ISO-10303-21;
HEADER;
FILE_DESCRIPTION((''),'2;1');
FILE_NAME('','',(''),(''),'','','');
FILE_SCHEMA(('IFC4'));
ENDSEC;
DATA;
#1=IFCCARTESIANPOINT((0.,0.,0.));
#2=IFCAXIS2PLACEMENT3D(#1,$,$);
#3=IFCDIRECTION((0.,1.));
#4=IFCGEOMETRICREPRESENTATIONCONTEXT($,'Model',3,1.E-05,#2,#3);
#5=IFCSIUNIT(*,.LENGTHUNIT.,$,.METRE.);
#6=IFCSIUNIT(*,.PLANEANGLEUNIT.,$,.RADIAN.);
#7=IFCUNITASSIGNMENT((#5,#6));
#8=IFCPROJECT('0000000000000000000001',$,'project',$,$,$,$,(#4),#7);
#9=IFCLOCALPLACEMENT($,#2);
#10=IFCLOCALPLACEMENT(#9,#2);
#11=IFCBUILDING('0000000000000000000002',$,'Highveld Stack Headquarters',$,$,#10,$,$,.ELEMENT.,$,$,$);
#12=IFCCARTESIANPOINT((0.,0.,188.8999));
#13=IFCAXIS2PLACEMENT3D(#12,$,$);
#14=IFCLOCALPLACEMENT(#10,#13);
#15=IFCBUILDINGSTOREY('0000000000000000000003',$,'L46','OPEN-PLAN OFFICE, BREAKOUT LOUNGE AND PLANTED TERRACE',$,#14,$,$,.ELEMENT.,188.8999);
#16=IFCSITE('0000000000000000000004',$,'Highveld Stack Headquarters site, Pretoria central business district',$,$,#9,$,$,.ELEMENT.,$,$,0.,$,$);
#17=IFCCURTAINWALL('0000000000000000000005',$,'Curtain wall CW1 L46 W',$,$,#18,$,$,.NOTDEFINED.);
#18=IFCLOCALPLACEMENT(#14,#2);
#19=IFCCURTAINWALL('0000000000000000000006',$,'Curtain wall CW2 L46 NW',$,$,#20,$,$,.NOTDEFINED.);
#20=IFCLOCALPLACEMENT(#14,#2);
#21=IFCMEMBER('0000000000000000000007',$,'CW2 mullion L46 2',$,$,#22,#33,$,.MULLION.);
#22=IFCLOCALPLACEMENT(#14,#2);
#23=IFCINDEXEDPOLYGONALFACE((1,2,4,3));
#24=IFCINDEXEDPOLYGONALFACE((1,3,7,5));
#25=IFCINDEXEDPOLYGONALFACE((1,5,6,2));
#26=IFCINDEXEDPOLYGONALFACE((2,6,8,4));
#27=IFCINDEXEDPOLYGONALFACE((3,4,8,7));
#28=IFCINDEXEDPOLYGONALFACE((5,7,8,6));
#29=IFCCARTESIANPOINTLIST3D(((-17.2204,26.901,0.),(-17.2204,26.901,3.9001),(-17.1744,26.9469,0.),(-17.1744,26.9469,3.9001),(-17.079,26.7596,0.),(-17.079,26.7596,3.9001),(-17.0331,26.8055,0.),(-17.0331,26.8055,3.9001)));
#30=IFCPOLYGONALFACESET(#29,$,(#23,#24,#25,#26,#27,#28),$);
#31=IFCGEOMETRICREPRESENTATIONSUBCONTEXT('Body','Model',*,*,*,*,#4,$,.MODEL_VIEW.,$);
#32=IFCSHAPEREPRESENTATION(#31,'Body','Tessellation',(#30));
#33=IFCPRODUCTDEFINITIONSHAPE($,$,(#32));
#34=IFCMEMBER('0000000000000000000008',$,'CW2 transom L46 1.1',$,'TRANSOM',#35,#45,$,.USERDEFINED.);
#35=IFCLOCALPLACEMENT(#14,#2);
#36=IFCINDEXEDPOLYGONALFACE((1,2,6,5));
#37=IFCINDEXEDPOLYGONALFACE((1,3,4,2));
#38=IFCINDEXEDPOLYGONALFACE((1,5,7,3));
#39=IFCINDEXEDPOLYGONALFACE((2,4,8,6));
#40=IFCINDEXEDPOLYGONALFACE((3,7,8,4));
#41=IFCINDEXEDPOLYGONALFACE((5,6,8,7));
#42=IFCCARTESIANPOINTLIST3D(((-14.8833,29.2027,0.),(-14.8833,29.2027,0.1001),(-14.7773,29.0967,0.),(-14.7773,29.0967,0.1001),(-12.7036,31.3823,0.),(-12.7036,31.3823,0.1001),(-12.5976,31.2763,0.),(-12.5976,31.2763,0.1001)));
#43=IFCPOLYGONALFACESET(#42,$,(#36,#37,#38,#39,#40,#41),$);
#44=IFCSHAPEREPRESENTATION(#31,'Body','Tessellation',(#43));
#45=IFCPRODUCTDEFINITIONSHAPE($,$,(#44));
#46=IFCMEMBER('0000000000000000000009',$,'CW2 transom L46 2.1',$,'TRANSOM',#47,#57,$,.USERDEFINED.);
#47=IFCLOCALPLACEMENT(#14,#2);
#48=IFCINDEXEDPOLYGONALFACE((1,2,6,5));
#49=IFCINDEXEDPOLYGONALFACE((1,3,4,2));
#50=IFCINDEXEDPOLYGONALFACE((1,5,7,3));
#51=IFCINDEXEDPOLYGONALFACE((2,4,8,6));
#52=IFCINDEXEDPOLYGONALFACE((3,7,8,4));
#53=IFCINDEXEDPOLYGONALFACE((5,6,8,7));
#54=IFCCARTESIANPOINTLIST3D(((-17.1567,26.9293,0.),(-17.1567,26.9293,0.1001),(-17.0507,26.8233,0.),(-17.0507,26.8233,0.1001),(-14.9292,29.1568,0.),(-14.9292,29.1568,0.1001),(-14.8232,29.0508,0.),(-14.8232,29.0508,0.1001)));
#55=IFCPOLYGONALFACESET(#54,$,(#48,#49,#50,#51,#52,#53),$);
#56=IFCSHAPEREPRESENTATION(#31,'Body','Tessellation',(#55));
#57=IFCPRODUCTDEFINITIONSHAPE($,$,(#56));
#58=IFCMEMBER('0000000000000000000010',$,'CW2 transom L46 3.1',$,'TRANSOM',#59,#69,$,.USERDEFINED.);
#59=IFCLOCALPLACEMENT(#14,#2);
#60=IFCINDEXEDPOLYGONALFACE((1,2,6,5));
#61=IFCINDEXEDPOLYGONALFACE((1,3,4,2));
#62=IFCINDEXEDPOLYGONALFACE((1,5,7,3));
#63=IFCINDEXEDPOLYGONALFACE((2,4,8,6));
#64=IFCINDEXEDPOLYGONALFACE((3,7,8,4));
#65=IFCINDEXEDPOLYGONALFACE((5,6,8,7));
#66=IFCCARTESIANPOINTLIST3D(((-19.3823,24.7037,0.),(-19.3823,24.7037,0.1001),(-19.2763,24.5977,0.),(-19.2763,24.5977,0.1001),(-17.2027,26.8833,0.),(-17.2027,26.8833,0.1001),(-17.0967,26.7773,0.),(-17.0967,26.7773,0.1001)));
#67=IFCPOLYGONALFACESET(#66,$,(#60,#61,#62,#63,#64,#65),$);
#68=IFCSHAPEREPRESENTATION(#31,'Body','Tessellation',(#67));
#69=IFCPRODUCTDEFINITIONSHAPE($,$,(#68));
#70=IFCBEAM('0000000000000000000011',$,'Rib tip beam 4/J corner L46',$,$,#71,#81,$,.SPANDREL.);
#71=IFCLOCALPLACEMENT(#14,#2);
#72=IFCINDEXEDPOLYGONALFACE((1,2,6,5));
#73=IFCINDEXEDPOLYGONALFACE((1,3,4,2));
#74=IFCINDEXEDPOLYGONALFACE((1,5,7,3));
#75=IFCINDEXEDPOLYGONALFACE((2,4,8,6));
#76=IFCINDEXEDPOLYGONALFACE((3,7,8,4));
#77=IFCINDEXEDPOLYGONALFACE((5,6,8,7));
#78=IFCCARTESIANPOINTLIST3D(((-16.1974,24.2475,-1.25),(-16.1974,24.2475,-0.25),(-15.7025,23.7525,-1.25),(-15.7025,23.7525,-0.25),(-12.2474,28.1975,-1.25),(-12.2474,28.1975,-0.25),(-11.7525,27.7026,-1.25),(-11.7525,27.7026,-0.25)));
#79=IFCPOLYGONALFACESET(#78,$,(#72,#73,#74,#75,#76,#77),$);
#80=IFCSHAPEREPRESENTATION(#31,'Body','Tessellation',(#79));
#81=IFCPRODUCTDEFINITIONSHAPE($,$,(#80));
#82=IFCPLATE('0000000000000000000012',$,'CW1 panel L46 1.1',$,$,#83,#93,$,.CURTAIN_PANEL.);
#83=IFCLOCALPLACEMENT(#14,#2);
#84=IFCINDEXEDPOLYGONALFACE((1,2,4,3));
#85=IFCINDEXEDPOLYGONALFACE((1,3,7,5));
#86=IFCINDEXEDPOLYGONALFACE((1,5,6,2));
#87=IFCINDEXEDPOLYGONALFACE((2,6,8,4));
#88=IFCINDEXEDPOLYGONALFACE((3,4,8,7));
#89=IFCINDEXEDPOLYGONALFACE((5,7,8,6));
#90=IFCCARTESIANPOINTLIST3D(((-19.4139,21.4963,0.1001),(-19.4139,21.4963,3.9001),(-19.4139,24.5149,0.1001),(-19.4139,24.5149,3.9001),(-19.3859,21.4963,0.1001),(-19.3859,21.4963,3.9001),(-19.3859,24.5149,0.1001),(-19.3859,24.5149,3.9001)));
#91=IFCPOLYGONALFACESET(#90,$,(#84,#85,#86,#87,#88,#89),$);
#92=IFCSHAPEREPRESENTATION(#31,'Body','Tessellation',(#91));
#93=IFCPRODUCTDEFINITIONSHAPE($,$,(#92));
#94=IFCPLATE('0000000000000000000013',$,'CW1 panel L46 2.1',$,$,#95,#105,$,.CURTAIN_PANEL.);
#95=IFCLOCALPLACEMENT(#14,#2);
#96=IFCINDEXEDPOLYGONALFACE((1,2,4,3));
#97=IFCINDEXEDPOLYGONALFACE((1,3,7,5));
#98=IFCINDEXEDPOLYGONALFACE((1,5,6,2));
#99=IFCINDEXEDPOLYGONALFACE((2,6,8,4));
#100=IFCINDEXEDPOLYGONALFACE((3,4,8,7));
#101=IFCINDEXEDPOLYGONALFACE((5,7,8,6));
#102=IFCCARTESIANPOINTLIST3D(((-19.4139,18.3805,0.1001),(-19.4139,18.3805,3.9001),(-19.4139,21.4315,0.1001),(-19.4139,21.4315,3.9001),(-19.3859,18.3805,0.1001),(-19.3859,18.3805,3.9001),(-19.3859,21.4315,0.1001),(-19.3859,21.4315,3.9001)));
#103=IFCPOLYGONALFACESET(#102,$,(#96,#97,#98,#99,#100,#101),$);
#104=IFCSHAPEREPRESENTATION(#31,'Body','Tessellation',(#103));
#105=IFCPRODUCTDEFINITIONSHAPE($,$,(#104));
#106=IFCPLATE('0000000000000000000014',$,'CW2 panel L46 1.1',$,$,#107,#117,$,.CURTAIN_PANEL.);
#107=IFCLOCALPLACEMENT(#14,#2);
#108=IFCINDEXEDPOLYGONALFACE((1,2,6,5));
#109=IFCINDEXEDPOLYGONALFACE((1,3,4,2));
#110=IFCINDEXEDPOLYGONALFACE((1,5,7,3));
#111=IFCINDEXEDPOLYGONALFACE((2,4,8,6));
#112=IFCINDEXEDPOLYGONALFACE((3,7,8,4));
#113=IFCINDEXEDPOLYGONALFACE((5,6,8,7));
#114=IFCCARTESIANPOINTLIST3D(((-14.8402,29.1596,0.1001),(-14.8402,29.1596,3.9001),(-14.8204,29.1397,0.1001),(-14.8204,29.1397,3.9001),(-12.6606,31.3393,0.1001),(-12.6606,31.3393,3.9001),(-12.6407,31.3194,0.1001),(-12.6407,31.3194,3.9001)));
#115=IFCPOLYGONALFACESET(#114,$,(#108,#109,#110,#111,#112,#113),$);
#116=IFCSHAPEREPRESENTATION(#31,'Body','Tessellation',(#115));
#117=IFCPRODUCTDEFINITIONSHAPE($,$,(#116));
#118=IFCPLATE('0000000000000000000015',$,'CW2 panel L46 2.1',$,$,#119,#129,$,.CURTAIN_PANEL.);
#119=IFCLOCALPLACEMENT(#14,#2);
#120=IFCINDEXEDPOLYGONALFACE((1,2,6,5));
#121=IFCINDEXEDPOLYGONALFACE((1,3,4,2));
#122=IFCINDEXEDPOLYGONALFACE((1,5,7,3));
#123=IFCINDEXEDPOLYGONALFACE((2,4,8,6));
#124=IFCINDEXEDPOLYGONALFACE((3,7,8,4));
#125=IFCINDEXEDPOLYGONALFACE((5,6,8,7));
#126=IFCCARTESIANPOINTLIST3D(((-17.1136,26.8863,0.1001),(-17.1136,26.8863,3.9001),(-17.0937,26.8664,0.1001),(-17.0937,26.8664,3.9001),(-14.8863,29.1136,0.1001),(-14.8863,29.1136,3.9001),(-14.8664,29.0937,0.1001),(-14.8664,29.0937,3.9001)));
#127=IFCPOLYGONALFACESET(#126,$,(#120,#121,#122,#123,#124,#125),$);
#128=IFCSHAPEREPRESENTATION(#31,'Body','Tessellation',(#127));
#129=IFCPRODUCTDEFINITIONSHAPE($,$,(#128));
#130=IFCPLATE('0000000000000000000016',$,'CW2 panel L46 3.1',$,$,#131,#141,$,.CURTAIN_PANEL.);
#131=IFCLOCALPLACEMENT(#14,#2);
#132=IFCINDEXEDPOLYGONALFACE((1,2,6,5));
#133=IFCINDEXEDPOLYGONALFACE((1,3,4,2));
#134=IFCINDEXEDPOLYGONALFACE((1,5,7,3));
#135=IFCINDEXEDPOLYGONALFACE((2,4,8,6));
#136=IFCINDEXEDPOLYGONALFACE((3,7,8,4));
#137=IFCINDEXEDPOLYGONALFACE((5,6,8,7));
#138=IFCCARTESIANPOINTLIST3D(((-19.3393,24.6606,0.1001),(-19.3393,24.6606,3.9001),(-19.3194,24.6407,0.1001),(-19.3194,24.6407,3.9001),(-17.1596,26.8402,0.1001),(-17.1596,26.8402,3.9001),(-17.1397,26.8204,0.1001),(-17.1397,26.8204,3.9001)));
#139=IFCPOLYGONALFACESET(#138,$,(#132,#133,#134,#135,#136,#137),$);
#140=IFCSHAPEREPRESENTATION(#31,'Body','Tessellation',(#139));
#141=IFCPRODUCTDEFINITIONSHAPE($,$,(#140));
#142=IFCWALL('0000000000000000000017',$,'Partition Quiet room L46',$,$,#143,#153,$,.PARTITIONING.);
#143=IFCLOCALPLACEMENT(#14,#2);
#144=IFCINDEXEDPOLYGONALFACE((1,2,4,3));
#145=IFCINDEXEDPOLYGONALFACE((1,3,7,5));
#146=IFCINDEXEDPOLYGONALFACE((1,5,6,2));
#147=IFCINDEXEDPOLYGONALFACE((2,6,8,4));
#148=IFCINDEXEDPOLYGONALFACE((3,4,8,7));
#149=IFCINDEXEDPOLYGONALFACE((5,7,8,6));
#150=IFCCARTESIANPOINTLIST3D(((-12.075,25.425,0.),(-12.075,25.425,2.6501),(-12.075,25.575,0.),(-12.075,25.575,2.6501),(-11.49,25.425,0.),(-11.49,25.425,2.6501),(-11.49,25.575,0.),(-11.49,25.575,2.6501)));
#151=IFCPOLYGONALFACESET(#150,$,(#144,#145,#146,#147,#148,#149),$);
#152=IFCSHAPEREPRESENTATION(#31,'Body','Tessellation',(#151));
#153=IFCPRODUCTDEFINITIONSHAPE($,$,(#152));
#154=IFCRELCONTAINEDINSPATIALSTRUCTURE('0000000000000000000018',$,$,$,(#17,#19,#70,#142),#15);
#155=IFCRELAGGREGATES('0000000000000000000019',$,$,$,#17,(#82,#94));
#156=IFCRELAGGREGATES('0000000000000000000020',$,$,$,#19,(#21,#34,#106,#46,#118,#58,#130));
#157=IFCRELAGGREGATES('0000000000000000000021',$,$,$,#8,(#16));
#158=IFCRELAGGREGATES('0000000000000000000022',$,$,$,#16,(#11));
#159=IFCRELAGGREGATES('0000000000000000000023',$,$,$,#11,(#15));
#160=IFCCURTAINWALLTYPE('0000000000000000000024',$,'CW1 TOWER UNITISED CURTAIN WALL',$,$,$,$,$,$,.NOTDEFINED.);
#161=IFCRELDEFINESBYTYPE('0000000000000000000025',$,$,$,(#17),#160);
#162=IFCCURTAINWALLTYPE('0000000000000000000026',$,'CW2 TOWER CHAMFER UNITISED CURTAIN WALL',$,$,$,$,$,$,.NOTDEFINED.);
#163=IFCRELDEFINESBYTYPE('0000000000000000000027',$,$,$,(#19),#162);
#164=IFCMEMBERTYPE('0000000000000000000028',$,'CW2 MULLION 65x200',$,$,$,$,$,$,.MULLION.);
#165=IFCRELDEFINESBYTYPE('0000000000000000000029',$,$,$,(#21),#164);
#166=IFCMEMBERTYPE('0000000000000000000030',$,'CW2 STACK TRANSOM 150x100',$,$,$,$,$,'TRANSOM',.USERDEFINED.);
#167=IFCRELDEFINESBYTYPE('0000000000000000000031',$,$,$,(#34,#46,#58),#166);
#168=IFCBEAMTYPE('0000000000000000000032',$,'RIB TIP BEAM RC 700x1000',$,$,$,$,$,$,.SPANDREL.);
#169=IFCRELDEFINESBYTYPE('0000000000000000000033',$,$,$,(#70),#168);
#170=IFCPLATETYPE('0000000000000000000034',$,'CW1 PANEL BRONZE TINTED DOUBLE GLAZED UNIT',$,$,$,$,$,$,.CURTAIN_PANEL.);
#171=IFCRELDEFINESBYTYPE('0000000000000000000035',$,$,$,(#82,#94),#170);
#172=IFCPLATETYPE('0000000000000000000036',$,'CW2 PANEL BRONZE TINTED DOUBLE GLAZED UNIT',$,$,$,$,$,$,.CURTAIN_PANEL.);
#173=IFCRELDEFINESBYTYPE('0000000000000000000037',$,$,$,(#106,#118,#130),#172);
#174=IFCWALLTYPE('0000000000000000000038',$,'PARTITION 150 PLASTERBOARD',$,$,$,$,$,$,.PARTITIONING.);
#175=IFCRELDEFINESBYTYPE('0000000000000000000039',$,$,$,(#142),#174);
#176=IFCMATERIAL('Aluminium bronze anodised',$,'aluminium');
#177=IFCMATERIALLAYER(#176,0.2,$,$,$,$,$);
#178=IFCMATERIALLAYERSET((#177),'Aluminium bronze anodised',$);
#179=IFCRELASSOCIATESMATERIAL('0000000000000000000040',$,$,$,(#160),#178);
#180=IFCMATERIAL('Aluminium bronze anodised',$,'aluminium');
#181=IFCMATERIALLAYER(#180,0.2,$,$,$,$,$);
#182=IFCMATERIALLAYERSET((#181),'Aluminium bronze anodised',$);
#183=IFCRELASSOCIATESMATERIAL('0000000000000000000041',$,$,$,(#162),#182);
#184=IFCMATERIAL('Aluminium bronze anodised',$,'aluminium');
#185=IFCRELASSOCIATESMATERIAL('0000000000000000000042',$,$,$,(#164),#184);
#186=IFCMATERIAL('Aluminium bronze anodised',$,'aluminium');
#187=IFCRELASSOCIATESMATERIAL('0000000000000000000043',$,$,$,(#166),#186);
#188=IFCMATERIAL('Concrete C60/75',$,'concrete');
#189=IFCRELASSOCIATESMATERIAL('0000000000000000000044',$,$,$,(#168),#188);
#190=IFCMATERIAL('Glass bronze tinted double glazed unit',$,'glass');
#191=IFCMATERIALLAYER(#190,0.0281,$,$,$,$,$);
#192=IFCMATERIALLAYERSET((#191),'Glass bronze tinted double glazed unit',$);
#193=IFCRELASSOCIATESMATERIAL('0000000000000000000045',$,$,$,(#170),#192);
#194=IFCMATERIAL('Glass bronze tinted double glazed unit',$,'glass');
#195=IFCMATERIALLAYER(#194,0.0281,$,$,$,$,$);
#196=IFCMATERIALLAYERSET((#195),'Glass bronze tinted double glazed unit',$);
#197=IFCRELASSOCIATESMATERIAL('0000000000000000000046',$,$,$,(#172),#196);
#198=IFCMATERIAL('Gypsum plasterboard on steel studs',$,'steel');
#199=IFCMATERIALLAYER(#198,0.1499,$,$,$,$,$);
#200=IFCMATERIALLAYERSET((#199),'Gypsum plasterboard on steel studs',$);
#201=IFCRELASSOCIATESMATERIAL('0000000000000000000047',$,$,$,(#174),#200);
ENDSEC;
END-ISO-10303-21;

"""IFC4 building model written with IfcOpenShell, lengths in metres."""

from ifc_helpers import new_model, si_unit, direction, frame, frame_2d, origin, origin_2d, place, context, subcontext, project, spatial, rectangle, extrude, material, layer, layer_set, material_profile, profile_set, type_object, element, aggregate, save


model = new_model("IFC4")

# Units and contexts
model_context = context("Model", 3, precision=1e-05, world=origin(), true_north=direction((0.0, 1.0)))
body_context = subcontext(model_context, "Body", "Model", "MODEL_VIEW")
ifc_project = project(units=[si_unit("LENGTHUNIT", "METRE"), si_unit("PLANEANGLEUNIT", "RADIAN")], contexts=[model_context])

# Site, building, storey
site_placement = place(None, origin())
site = spatial("IfcSite", under=ifc_project, at=site_placement, Name="Highveld Stack Headquarters site, Pretoria central business district", CompositionType="ELEMENT", RefElevation=0.0)
building_placement = place(site_placement, origin())
building = spatial("IfcBuilding", under=site, at=building_placement, Name="Highveld Stack Headquarters", CompositionType="ELEMENT")
storey_placement = place(building_placement, frame((0.0, 0.0, 188.8999)))
storey = spatial("IfcBuildingStorey", under=building, at=storey_placement, Name="L46", Description="OPEN-PLAN OFFICE, BREAKOUT LOUNGE AND PLANTED TERRACE", CompositionType="ELEMENT", Elevation=188.8999)

# Shared definitions
ifc_material_1 = material(Name="Aluminium bronze anodised", Category="aluminium")
ifc_layer_1 = layer(ifc_material_1, 0.2)
ifc_layer_set_1 = layer_set([ifc_layer_1], Name="Aluminium bronze anodised")
curtain_wall_type_1 = type_object("IfcCurtainWallType", Name="CW1 TOWER UNITISED CURTAIN WALL", PredefinedType="NOTDEFINED", material=ifc_layer_set_1)

# Curtain wall
curtain_wall_1_placement = place(storey_placement, origin())
curtain_wall_1 = element("IfcCurtainWall", 1, at=curtain_wall_1_placement, inside=storey, type_object=curtain_wall_type_1, Name="Curtain wall CW1 L46 W", PredefinedType="NOTDEFINED")

# Curtain wall, members
ifc_material_2 = material(Name="Aluminium bronze anodised", Category="aluminium")
ifc_layer_2 = layer(ifc_material_2, 0.2)
ifc_layer_set_2 = layer_set([ifc_layer_2], Name="Aluminium bronze anodised")
curtain_wall_type_2 = type_object("IfcCurtainWallType", Name="CW2 TOWER CHAMFER UNITISED CURTAIN WALL", PredefinedType="NOTDEFINED", material=ifc_layer_set_2)
curtain_wall_2_placement = place(storey_placement, origin())
curtain_wall_2 = element("IfcCurtainWall", 2, at=curtain_wall_2_placement, inside=storey, type_object=curtain_wall_type_2, Name="Curtain wall CW2 L46 NW", PredefinedType="NOTDEFINED")
ifc_material_3 = material(Name="Aluminium bronze anodised", Category="aluminium")
ifc_material_profile_1 = material_profile(ifc_material_3, rectangle(XDim=0.2, YDim=0.0649, at=origin_2d()), Name="CW2 MULLION 65x200")
ifc_profile_set_1 = profile_set([ifc_material_profile_1], Name="Aluminium bronze anodised")
member_type_1 = type_object("IfcMemberType", Name="CW2 MULLION 65x200", PredefinedType="MULLION", material=ifc_profile_set_1)
member_1_placement = place(storey_placement, frame((-17.1267, 26.8533, 0.0), z_axis=(0.0, 0.0, 1.0), x_axis=(0.707107, -0.707107, 0.0)))
member_1 = element("IfcMember", 3, at=member_1_placement, type_object=member_type_1, Name="CW2 mullion L46 2", PredefinedType="MULLION", context=body_context, shape_type="SweptSolid", body=[
    extrude(rectangle(XDim=0.2, YDim=0.0649, at=origin_2d()), origin(), (0.0, 0.0, 1.0), 3.9001),
])
ifc_material_4 = material(Name="Aluminium bronze anodised", Category="aluminium")
ifc_material_profile_2 = material_profile(ifc_material_4, rectangle(XDim=0.1499, YDim=0.1001, at=origin_2d()), Name="CW2 TRANSOM 150x100")
ifc_profile_set_2 = profile_set([ifc_material_profile_2], Name="Aluminium bronze anodised")
member_type_2 = type_object("IfcMemberType", Name="CW2 STACK TRANSOM 150x100", ElementType="TRANSOM", PredefinedType="USERDEFINED", material=ifc_profile_set_2)
member_2_placement = place(storey_placement, frame((-12.6506, 31.3293, 0.05), z_axis=(-0.707107, -0.707107, 0.0), x_axis=(0.707107, -0.707107, 0.0)))
member_2 = element("IfcMember", 4, at=member_2_placement, type_object=member_type_2, Name="CW2 transom L46 1.1", ObjectType="TRANSOM", PredefinedType="USERDEFINED", context=body_context, shape_type="SweptSolid", body=[
    extrude(rectangle(XDim=0.1499, YDim=0.1001, at=origin_2d()), origin(), (0.0, 0.0, 1.0), 3.0825),
])
member_3_placement = place(storey_placement, frame((-14.8762, 29.1038, 0.05), z_axis=(-0.707107, -0.707107, 0.0), x_axis=(0.707107, -0.707107, 0.0)))
member_3 = element("IfcMember", 5, at=member_3_placement, type_object=member_type_2, Name="CW2 transom L46 2.1", ObjectType="TRANSOM", PredefinedType="USERDEFINED", context=body_context, shape_type="SweptSolid", body=[
    extrude(rectangle(XDim=0.1499, YDim=0.1001, at=origin_2d()), origin(), (0.0, 0.0, 1.0), 3.1501),
])
member_4_placement = place(storey_placement, frame((-17.1497, 26.8303, 0.05), z_axis=(-0.707107, -0.707107, 0.0), x_axis=(0.707107, -0.707107, 0.0)))
member_4 = element("IfcMember", 6, at=member_4_placement, type_object=member_type_2, Name="CW2 transom L46 3.1", ObjectType="TRANSOM", PredefinedType="USERDEFINED", context=body_context, shape_type="SweptSolid", body=[
    extrude(rectangle(XDim=0.1499, YDim=0.1001, at=origin_2d()), origin(), (0.0, 0.0, 1.0), 3.0825),
])

# Beam
ifc_material_5 = material(Name="Concrete C60/75", Category="concrete")
ifc_material_profile_3 = material_profile(ifc_material_5, rectangle(XDim=0.7, YDim=1.0, at=origin_2d()), Name="RC 700x1000")
ifc_profile_set_3 = profile_set([ifc_material_profile_3], Name="Concrete C60/75")
beam_type = type_object("IfcBeamType", Name="RIB TIP BEAM RC 700x1000", PredefinedType="SPANDREL", material=ifc_profile_set_3)
beam_placement = place(storey_placement, frame((-15.95, 24.0, -0.75), z_axis=(0.707107, 0.707107, 0.0), x_axis=(-0.707107, 0.707107, 0.0)))
element("IfcBeam", 7, at=beam_placement, inside=storey, type_object=beam_type, Name="Rib tip beam 4/J corner L46", PredefinedType="SPANDREL", context=body_context, shape_type="SweptSolid", body=[
    extrude(rectangle(XDim=0.7, YDim=1.0, at=origin_2d()), origin(), (0.0, 0.0, 1.0), 5.5862),
])

# Plates
ifc_material_6 = material(Name="Glass bronze tinted double glazed unit", Category="glass")
ifc_layer_3 = layer(ifc_material_6, 0.0281)
ifc_layer_set_3 = layer_set([ifc_layer_3], Name="Glass bronze tinted double glazed unit")
plate_type_1 = type_object("IfcPlateType", Name="CW1 PANEL BRONZE TINTED DOUBLE GLAZED UNIT", PredefinedType="CURTAIN_PANEL", material=ifc_layer_set_3)
plate_1_placement = place(storey_placement, frame((-19.3999, 23.0056, 0.1001), z_axis=(0.0, 0.0, 1.0), x_axis=(0.0, -1.0, 0.0)))
plate_1 = element("IfcPlate", 8, at=plate_1_placement, type_object=plate_type_1, Name="CW1 panel L46 1.1", PredefinedType="CURTAIN_PANEL", context=body_context, shape_type="SweptSolid", body=[
    extrude(rectangle(XDim=3.0186, YDim=0.0281, at=origin_2d()), origin(), (0.0, 0.0, 1.0), 3.8),
])
plate_2_placement = place(storey_placement, frame((-19.3999, 19.906, 0.1001), z_axis=(0.0, 0.0, 1.0), x_axis=(0.0, -1.0, 0.0)))
plate_2 = element("IfcPlate", 9, at=plate_2_placement, type_object=plate_type_1, Name="CW1 panel L46 2.1", PredefinedType="CURTAIN_PANEL", context=body_context, shape_type="SweptSolid", body=[
    extrude(rectangle(XDim=3.051, YDim=0.0281, at=origin_2d()), origin(), (0.0, 0.0, 1.0), 3.8),
])
aggregate(curtain_wall_1, [plate_1, plate_2])
ifc_material_7 = material(Name="Glass bronze tinted double glazed unit", Category="glass")
ifc_layer_4 = layer(ifc_material_7, 0.0281)
ifc_layer_set_4 = layer_set([ifc_layer_4], Name="Glass bronze tinted double glazed unit")
plate_type_2 = type_object("IfcPlateType", Name="CW2 PANEL BRONZE TINTED DOUBLE GLAZED UNIT", PredefinedType="CURTAIN_PANEL", material=ifc_layer_set_4)
plate_3_placement = place(storey_placement, frame((-13.7405, 30.2395, 0.1001), z_axis=(0.0, 0.0, 1.0), x_axis=(-0.707107, -0.707107, 0.0)))
plate_3 = element("IfcPlate", 10, at=plate_3_placement, type_object=plate_type_2, Name="CW2 panel L46 1.1", PredefinedType="CURTAIN_PANEL", context=body_context, shape_type="SweptSolid", body=[
    extrude(rectangle(XDim=3.0825, YDim=0.0281, at=origin_2d()), origin(), (0.0, 0.0, 1.0), 3.8),
])
plate_4_placement = place(storey_placement, frame((-15.99, 27.99, 0.1001), z_axis=(0.0, 0.0, 1.0), x_axis=(-0.707107, -0.707107, 0.0)))
plate_4 = element("IfcPlate", 11, at=plate_4_placement, type_object=plate_type_2, Name="CW2 panel L46 2.1", PredefinedType="CURTAIN_PANEL", context=body_context, shape_type="SweptSolid", body=[
    extrude(rectangle(XDim=3.1499, YDim=0.0281, at=origin_2d()), origin(), (0.0, 0.0, 1.0), 3.8),
])
plate_5_placement = place(storey_placement, frame((-18.2395, 25.7405, 0.1001), z_axis=(0.0, 0.0, 1.0), x_axis=(-0.707107, -0.707107, 0.0)))
plate_5 = element("IfcPlate", 12, at=plate_5_placement, type_object=plate_type_2, Name="CW2 panel L46 3.1", PredefinedType="CURTAIN_PANEL", context=body_context, shape_type="SweptSolid", body=[
    extrude(rectangle(XDim=3.0825, YDim=0.0281, at=origin_2d()), origin(), (0.0, 0.0, 1.0), 3.8),
])
aggregate(curtain_wall_2, [member_1, member_2, plate_3, member_3, plate_4, member_4, plate_5])

# Wall
ifc_material_8 = material(Name="Gypsum plasterboard on steel studs", Category="steel")
ifc_layer_5 = layer(ifc_material_8, 0.1499)
ifc_layer_set_5 = layer_set([ifc_layer_5], Name="Gypsum plasterboard on steel studs")
wall_type = type_object("IfcWallType", Name="PARTITION 150 PLASTERBOARD", PredefinedType="PARTITIONING", material=ifc_layer_set_5)
wall_placement = place(storey_placement, frame((-12.075, 25.5, 0.0), z_axis=(0.0, 0.0, 1.0), x_axis=(1.0, 0.0, 0.0)))
element("IfcWall", 13, at=wall_placement, inside=storey, type_object=wall_type, Name="Partition Quiet room L46", PredefinedType="PARTITIONING", context=body_context, shape_type="SweptSolid", body=[
    extrude(rectangle(XDim=0.585, YDim=0.1499, at=frame_2d((0.2925, 0.0))), origin(), (0.0, 0.0, 1.0), 2.6501),
])

save(model, "model.ifc")
